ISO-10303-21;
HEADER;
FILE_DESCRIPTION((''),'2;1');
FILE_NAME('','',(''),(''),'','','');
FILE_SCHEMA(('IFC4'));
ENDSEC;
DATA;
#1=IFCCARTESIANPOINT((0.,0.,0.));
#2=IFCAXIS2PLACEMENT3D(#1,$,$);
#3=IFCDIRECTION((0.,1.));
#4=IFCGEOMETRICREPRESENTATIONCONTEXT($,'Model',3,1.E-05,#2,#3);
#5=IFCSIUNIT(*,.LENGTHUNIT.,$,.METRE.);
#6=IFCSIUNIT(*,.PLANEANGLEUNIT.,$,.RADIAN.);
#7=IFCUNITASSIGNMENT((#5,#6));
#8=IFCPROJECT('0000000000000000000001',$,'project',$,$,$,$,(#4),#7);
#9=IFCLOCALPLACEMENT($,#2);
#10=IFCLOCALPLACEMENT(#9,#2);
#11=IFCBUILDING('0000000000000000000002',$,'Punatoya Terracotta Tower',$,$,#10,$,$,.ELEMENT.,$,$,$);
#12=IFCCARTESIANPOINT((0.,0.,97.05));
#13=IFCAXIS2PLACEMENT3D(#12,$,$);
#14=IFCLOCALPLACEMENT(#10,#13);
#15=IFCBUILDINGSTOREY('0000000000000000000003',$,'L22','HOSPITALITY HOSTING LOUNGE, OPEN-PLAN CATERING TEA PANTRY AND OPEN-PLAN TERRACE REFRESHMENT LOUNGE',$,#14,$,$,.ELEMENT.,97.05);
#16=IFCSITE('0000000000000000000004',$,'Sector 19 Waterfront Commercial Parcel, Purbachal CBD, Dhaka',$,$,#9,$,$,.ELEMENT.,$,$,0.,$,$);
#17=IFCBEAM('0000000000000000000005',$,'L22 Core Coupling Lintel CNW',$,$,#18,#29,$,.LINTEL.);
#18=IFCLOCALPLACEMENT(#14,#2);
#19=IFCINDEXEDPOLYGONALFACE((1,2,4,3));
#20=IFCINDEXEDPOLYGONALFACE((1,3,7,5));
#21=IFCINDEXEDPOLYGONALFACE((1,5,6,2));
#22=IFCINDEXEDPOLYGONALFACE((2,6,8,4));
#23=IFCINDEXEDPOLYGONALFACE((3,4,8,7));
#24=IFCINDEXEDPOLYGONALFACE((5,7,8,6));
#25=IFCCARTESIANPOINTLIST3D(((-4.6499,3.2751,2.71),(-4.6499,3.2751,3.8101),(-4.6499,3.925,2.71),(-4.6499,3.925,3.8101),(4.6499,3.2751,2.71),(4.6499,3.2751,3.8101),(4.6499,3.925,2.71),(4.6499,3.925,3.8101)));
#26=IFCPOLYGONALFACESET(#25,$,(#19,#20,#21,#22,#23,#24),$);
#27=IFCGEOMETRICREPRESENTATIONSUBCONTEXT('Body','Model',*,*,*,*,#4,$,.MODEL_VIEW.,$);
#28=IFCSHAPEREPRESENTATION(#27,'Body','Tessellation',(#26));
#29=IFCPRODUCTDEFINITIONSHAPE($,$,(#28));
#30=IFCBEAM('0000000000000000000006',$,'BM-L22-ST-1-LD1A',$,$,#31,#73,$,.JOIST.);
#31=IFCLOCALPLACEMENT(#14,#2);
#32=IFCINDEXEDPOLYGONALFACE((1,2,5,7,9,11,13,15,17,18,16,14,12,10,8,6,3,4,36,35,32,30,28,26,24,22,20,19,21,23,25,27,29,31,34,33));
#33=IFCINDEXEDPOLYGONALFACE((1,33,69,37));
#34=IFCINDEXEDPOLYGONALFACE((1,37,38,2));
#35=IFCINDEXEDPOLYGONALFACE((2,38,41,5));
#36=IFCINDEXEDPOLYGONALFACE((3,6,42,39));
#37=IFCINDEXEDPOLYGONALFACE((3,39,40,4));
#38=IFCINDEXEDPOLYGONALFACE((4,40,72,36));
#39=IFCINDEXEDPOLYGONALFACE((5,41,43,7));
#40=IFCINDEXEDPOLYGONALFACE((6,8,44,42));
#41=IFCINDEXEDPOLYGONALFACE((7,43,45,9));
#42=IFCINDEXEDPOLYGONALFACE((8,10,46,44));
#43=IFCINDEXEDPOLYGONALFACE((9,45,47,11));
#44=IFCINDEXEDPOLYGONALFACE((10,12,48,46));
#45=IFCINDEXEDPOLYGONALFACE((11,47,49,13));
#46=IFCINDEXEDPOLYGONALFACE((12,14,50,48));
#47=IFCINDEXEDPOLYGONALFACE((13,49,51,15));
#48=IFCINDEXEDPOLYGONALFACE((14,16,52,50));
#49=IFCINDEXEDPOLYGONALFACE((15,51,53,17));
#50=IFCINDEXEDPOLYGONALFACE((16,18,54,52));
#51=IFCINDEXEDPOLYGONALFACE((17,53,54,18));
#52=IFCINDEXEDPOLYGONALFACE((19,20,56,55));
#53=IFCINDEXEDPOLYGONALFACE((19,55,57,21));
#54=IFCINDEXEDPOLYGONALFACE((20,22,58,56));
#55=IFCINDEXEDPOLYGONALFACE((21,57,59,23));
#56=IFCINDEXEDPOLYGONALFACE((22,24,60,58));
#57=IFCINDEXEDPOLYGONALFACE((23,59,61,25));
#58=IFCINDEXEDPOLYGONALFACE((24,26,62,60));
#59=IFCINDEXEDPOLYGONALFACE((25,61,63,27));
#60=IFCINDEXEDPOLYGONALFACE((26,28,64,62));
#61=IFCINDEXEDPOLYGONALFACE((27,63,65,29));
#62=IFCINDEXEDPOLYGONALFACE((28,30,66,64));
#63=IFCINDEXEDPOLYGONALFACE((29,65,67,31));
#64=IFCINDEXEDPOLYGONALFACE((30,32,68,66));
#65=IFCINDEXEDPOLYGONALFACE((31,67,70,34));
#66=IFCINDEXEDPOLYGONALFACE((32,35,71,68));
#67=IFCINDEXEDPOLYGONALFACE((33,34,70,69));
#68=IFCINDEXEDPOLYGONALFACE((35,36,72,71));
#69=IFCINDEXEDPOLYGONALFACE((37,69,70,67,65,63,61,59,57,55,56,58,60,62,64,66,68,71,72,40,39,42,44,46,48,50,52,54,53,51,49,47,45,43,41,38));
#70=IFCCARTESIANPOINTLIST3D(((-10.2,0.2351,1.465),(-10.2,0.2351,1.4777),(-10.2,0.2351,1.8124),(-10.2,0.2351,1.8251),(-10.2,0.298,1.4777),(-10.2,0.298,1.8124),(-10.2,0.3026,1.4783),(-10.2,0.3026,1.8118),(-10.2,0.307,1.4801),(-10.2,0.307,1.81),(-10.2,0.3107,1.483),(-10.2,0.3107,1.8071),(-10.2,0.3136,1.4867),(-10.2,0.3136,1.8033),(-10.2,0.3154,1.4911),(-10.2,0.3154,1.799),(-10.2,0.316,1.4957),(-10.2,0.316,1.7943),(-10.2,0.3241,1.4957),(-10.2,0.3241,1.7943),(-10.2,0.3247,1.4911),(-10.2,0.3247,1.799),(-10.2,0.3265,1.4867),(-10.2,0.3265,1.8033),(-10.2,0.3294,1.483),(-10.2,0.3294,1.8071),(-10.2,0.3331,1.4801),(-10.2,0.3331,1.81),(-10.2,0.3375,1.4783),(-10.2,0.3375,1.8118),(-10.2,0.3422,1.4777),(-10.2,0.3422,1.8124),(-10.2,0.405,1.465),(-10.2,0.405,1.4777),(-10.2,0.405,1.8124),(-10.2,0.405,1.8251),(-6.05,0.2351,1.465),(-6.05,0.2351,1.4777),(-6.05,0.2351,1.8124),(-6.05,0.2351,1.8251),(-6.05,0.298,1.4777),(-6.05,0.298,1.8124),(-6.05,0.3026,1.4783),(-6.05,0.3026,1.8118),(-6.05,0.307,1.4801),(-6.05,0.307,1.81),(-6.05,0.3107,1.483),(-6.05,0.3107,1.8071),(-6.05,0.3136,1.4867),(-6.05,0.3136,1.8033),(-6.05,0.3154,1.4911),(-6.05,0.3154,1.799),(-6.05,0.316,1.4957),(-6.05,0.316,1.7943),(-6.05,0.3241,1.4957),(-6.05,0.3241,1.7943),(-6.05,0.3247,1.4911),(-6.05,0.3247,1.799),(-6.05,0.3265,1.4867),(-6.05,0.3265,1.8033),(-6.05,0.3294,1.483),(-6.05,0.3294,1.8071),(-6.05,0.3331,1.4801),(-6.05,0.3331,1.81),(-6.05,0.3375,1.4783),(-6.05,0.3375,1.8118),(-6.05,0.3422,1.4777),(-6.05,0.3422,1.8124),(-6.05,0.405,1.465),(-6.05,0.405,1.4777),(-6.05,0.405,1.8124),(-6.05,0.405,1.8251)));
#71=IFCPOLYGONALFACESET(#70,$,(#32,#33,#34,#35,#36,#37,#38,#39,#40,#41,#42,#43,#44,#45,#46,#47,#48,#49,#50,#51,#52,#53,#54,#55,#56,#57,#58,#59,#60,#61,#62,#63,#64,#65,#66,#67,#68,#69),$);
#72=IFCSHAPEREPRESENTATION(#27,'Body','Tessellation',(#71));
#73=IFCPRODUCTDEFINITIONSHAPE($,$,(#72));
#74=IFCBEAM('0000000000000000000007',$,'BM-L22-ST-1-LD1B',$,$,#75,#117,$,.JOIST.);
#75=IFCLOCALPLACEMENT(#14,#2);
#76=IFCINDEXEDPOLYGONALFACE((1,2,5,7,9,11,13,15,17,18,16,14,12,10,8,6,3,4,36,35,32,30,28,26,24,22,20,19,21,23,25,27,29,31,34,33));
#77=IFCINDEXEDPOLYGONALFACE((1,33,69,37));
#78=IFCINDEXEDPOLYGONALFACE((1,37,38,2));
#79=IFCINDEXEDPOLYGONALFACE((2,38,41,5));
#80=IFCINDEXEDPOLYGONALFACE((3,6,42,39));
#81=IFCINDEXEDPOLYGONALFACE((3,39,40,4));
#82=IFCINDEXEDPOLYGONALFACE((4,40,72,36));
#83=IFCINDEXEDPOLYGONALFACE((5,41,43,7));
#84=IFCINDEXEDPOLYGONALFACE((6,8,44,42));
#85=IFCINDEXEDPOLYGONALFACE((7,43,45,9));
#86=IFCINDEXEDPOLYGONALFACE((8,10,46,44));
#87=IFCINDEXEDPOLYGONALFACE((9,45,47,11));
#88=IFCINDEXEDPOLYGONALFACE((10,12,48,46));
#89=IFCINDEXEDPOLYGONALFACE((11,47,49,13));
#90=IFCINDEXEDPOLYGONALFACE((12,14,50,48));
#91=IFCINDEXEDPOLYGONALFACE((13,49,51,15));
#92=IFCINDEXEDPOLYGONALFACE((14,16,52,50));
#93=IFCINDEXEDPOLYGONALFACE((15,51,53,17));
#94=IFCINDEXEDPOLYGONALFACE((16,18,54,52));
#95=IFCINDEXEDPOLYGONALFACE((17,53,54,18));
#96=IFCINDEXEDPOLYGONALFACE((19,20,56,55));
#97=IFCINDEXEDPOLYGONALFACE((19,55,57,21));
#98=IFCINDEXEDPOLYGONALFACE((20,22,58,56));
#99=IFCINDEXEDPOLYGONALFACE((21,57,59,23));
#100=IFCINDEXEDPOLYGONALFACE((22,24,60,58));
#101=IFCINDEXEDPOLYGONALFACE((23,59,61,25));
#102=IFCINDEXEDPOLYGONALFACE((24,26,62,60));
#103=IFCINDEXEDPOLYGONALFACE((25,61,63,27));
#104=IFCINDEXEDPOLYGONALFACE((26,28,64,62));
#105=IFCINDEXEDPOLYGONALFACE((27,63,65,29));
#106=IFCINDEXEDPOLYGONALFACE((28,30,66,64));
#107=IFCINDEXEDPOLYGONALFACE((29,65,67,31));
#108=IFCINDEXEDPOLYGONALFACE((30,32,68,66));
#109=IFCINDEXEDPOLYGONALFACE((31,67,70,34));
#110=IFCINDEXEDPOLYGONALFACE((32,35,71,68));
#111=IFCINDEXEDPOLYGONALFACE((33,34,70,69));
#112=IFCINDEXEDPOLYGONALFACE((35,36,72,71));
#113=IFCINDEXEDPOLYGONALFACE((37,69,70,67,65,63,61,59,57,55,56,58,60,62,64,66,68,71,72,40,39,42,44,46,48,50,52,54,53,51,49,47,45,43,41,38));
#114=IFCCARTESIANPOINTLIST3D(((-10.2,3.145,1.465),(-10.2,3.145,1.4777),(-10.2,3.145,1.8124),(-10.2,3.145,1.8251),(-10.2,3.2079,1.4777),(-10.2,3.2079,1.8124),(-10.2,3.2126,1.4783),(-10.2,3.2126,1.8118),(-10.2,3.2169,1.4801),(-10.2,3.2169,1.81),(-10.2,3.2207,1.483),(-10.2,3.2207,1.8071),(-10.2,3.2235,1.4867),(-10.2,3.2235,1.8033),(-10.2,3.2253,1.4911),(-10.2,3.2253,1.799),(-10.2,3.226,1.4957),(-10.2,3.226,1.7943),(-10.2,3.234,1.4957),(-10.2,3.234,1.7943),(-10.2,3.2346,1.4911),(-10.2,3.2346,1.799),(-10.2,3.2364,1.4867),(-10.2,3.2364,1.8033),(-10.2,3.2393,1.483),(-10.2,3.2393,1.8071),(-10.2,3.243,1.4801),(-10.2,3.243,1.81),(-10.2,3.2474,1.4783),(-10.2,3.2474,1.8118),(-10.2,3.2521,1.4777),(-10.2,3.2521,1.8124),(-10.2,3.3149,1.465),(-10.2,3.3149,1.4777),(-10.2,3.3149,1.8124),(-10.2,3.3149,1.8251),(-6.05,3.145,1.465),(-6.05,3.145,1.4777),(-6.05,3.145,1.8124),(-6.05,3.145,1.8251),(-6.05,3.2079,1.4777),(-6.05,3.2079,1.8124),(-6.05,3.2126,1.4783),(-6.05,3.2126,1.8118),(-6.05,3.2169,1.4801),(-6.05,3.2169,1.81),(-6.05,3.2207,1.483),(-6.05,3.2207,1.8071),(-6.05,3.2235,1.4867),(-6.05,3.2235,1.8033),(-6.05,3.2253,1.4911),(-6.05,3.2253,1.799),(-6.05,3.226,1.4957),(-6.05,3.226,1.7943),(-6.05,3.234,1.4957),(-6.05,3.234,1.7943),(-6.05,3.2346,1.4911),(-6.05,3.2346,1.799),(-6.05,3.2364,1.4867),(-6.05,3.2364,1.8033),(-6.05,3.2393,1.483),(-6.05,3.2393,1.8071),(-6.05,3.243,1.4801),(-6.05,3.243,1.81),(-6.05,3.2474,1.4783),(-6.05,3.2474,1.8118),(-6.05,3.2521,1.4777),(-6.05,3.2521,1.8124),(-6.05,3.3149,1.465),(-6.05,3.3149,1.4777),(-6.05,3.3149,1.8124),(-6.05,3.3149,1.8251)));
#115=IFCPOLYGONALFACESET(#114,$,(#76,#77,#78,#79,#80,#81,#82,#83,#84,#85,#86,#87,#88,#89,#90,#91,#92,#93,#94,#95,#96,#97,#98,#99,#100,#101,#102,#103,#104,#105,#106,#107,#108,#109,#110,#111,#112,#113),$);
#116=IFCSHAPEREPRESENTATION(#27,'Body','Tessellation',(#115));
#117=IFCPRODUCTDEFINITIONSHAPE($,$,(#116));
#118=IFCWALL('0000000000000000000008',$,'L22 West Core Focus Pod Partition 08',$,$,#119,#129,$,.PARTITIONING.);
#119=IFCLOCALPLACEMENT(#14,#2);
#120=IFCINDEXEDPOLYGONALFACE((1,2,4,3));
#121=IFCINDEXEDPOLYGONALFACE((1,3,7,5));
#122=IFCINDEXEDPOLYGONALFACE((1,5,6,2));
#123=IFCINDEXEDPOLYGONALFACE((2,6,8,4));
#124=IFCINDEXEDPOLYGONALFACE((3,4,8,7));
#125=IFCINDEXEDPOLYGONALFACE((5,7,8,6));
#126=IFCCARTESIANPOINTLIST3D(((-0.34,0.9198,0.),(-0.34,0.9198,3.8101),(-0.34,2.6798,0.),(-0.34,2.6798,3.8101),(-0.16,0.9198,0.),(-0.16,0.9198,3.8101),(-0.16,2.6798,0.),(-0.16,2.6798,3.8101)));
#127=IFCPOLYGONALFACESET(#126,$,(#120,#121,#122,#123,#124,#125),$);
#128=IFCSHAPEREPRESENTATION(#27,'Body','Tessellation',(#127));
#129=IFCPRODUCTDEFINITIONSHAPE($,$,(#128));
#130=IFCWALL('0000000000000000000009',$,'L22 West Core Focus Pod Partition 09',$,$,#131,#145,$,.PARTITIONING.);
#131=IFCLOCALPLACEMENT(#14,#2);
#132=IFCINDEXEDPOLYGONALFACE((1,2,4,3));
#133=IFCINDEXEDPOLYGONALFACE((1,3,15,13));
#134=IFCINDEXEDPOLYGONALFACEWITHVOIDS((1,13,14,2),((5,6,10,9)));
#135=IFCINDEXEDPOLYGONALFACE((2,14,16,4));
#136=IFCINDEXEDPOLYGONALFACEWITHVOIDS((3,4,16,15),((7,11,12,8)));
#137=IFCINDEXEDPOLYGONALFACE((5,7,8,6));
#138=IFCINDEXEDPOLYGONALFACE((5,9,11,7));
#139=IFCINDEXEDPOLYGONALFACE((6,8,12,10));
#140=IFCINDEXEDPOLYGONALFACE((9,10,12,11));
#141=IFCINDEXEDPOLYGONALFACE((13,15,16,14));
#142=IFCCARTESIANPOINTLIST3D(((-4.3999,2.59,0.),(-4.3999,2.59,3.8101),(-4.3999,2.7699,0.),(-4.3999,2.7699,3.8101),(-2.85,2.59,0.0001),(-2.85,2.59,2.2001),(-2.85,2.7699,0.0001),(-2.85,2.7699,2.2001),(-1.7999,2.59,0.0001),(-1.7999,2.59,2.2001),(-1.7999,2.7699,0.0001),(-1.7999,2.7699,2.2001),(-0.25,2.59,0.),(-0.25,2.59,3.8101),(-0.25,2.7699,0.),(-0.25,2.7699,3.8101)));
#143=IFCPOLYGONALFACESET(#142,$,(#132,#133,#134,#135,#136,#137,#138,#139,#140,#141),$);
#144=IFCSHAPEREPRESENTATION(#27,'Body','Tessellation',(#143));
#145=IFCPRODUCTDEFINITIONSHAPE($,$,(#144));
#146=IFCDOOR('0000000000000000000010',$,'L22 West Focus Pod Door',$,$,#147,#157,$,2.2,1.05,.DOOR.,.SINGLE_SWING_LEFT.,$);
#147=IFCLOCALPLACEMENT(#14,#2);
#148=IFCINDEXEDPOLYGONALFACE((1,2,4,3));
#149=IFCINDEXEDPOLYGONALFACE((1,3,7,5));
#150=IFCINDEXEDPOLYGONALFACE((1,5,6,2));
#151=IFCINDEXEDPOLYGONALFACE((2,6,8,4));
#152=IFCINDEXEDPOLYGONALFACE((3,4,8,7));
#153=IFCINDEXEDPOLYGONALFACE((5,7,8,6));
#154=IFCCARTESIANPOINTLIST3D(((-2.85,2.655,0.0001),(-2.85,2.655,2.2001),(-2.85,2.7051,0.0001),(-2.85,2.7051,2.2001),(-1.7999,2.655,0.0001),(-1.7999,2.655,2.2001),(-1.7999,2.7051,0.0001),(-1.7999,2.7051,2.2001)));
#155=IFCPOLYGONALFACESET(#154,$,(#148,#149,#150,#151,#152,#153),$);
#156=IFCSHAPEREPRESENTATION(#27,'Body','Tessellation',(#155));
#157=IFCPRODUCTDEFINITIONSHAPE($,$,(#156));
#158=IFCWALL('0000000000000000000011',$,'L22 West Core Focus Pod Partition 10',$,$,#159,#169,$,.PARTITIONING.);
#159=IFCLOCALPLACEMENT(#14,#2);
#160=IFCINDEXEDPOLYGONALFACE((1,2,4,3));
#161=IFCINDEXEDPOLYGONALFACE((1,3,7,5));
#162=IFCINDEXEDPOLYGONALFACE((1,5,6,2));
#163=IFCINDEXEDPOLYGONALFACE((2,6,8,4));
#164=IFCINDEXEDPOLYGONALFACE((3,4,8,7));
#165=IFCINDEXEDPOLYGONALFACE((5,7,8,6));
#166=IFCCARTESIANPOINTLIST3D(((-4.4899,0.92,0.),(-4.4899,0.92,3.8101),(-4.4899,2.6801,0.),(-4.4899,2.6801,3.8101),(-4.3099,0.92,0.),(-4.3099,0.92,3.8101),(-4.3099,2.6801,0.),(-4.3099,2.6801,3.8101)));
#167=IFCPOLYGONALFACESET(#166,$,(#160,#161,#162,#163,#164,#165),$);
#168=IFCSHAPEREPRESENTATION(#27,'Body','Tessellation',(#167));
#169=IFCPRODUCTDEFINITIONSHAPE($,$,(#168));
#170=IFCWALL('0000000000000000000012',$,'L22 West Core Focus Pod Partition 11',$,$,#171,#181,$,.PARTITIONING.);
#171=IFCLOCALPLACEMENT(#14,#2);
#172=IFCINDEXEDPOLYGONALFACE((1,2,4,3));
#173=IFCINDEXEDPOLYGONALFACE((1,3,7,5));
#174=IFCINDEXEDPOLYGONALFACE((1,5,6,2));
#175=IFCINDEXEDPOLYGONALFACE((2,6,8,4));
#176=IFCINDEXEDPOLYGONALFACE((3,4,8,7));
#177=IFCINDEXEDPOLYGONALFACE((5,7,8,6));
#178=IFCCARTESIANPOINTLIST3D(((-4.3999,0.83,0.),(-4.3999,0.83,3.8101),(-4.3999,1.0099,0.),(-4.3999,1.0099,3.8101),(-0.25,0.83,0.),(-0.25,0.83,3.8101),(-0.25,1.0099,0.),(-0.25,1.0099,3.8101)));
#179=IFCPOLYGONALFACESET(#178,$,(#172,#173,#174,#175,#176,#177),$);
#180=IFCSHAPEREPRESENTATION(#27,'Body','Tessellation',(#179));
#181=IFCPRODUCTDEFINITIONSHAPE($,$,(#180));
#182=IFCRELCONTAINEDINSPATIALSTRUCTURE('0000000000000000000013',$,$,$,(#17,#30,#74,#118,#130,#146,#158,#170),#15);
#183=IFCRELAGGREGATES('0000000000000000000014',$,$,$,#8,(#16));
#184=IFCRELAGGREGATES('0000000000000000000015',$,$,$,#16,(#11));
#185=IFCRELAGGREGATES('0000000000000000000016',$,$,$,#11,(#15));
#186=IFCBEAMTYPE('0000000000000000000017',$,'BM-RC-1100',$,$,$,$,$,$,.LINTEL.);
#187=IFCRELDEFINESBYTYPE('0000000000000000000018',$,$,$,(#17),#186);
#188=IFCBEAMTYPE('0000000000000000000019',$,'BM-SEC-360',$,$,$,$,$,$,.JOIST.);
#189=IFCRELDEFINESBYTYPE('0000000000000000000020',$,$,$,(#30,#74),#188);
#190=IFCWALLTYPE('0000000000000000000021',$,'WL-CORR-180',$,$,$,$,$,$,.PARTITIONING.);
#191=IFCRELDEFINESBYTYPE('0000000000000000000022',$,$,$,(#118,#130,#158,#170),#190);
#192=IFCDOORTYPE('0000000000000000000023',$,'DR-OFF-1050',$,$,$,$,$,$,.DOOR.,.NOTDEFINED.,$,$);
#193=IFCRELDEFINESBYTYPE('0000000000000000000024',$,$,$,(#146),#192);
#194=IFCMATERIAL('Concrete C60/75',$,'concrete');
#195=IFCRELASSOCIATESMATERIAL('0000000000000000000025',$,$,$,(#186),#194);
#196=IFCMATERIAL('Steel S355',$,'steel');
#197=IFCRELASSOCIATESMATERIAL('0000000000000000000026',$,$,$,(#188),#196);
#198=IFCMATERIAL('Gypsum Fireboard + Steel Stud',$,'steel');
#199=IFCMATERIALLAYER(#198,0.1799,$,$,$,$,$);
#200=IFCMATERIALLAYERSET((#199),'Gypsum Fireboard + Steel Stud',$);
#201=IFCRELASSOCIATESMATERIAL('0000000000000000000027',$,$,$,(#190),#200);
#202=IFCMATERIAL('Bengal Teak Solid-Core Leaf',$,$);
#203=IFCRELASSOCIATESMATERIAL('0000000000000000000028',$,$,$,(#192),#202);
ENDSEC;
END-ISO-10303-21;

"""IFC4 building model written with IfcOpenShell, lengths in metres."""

from ifc_helpers import new_model, si_unit, direction, frame, frame_2d, origin, origin_2d, place, context, subcontext, project, spatial, rectangle, i_section, extrude, material, layer, layer_set, material_profile, profile_set, type_object, element, fill, save


model = new_model("IFC4")

# Units and contexts
model_context = context("Model", 3, precision=1e-05, world=origin(), true_north=direction((0.0, 1.0)))
body_context = subcontext(model_context, "Body", "Model", "MODEL_VIEW")
ifc_project = project(units=[si_unit("LENGTHUNIT", "METRE"), si_unit("PLANEANGLEUNIT", "RADIAN")], contexts=[model_context])

# Site, building, storey
site_placement = place(None, origin())
site = spatial("IfcSite", under=ifc_project, at=site_placement, Name="Sector 19 Waterfront Commercial Parcel, Purbachal CBD, Dhaka", CompositionType="ELEMENT", RefElevation=0.0)
building_placement = place(site_placement, origin())
building = spatial("IfcBuilding", under=site, at=building_placement, Name="Punatoya Terracotta Tower", CompositionType="ELEMENT")
storey_placement = place(building_placement, frame((0.0, 0.0, 97.05)))
storey = spatial("IfcBuildingStorey", under=building, at=storey_placement, Name="L22", Description="HOSPITALITY HOSTING LOUNGE, OPEN-PLAN CATERING TEA PANTRY AND OPEN-PLAN TERRACE REFRESHMENT LOUNGE", CompositionType="ELEMENT", Elevation=97.05)

# Beams
ifc_material_1 = material(Name="Concrete C60/75", Category="concrete")
ifc_material_profile_1 = material_profile(ifc_material_1, rectangle(XDim=0.6499, YDim=1.1001, at=origin_2d()))
ifc_profile_set_1 = profile_set([ifc_material_profile_1], Name="Concrete C60/75")
beam_type_1 = type_object("IfcBeamType", Name="BM-RC-1100", PredefinedType="LINTEL", material=ifc_profile_set_1)
beam_placement = place(storey_placement, frame((-4.6499, 3.6001, 3.26), z_axis=(1.0, 0.0, 0.0), x_axis=(0.0, 1.0, 0.0)))
element("IfcBeam", 1, at=beam_placement, inside=storey, type_object=beam_type_1, Name="L22 Core Coupling Lintel CNW", PredefinedType="LINTEL", context=body_context, shape_type="SweptSolid", body=[
    extrude(rectangle(XDim=0.6499, YDim=1.1001, at=origin_2d()), origin(), (0.0, 0.0, 1.0), 9.2998),
])
ifc_material_2 = material(Name="Steel S355", Category="steel")
ifc_material_profile_2 = material_profile(ifc_material_2, i_section(OverallWidth=0.1699, OverallDepth=0.3601, WebThickness=0.0081, FlangeThickness=0.0127, FilletRadius=0.0181, at=origin_2d()))
ifc_profile_set_2 = profile_set([ifc_material_profile_2], Name="Steel S355")
beam_type_2 = type_object("IfcBeamType", Name="BM-SEC-360", PredefinedType="JOIST", material=ifc_profile_set_2)
for number, where, z_axis, x_axis, name in (
    (2, (-10.2, 0.3201, 1.645), (1.0, 0.0, 0.0), (0.0, 1.0, 0.0), "BM-L22-ST-1-LD1A"),
    (3, (-10.2, 3.23, 1.645), (1.0, 0.0, 0.0), (0.0, 1.0, 0.0), "BM-L22-ST-1-LD1B"),
):
    element("IfcBeam", number, at=place(storey_placement, frame(where, z_axis=z_axis, x_axis=x_axis)), inside=storey, type_object=beam_type_2, Name=name, PredefinedType="JOIST", context=body_context, shape_type="SweptSolid", body=[
        extrude(i_section(OverallWidth=0.1699, OverallDepth=0.3601, WebThickness=0.0081, FlangeThickness=0.0127, FilletRadius=0.0181, at=origin_2d()), origin(), (0.0, 0.0, 1.0), 4.1499),
    ])

# Wall
ifc_material_3 = material(Name="Gypsum Fireboard + Steel Stud", Category="steel")
ifc_layer_1 = layer(ifc_material_3, 0.1799)
ifc_layer_set_1 = layer_set([ifc_layer_1], Name="Gypsum Fireboard + Steel Stud")
wall_type_1 = type_object("IfcWallType", Name="WL-CORR-180", PredefinedType="PARTITIONING", material=ifc_layer_set_1)
wall_1_placement = place(storey_placement, frame((-0.25, 0.9199, 0.0), z_axis=(0.0, 0.0, 1.0), x_axis=(0.0, 1.0, 0.0)))
element("IfcWall", 4, at=wall_1_placement, inside=storey, type_object=wall_type_1, Name="L22 West Core Focus Pod Partition 08", PredefinedType="PARTITIONING", context=body_context, shape_type="SweptSolid", body=[
    extrude(rectangle(XDim=1.76, YDim=0.1799, at=frame_2d((0.8799, 0.0))), origin(), (0.0, 0.0, 1.0), 3.8101),
])

# Wall, opening, door
wall_2_placement = place(storey_placement, frame((-0.25, 2.6799, 0.0), z_axis=(0.0, 0.0, 1.0), x_axis=(-1.0, 0.0, 0.0)))
wall_2 = element("IfcWall", 5, at=wall_2_placement, inside=storey, type_object=wall_type_1, Name="L22 West Core Focus Pod Partition 09", PredefinedType="PARTITIONING", context=body_context, shape_type="SweptSolid", body=[
    extrude(rectangle(XDim=4.1499, YDim=0.1799, at=frame_2d((2.075, 0.0))), origin(), (0.0, 0.0, 1.0), 3.8101),
])
opening_1_placement = place(wall_2_placement, frame((1.55, 0.0, 0.0)))
opening_1 = element("IfcOpeningElement", 6, at=opening_1_placement, cuts=wall_2, PredefinedType="OPENING", context=body_context, shape_type="SweptSolid", body=[
    extrude(rectangle(XDim=1.05, YDim=2.2, at=frame_2d((0.5249, 1.1001))), frame((0.0, 0.0999, 0.0), z_axis=(0.0, -1.0, 0.0), x_axis=(1.0, 0.0, 0.0)), (0.0, 0.0, 1.0), 0.2),
])
ifc_material_4 = material(Name="Bengal Teak Solid-Core Leaf")
door_type_1 = type_object("IfcDoorType", Name="DR-OFF-1050", OperationType="NOTDEFINED", PredefinedType="DOOR", material=ifc_material_4)
door_1_placement = place(opening_1_placement, origin())
door_1 = element("IfcDoor", 7, at=door_1_placement, inside=storey, type_object=door_type_1, Name="L22 West Focus Pod Door", OperationType="SINGLE_SWING_LEFT", OverallHeight=2.2, OverallWidth=1.05, PredefinedType="DOOR", context=body_context, shape_type="SweptSolid", body=[
    extrude(rectangle(XDim=1.05, YDim=2.2, at=frame_2d((0.5249, 1.1001))), frame((0.0, 0.0249, 0.0), z_axis=(0.0, -1.0, 0.0), x_axis=(1.0, 0.0, 0.0)), (0.0, 0.0, 1.0), 0.05),
])
fill(opening_1, door_1)

# Walls
wall_3_placement = place(storey_placement, frame((-4.3999, 2.6799, 0.0), z_axis=(0.0, 0.0, 1.0), x_axis=(0.0, -1.0, 0.0)))
element("IfcWall", 8, at=wall_3_placement, inside=storey, type_object=wall_type_1, Name="L22 West Core Focus Pod Partition 10", PredefinedType="PARTITIONING", context=body_context, shape_type="SweptSolid", body=[
    extrude(rectangle(XDim=1.76, YDim=0.1799, at=frame_2d((0.8799, 0.0))), origin(), (0.0, 0.0, 1.0), 3.8101),
])
wall_4_placement = place(storey_placement, frame((-4.3999, 0.9199, 0.0), z_axis=(0.0, 0.0, 1.0), x_axis=(1.0, 0.0, 0.0)))
element("IfcWall", 9, at=wall_4_placement, inside=storey, type_object=wall_type_1, Name="L22 West Core Focus Pod Partition 11", PredefinedType="PARTITIONING", context=body_context, shape_type="SweptSolid", body=[
    extrude(rectangle(XDim=4.1499, YDim=0.1799, at=frame_2d((2.075, 0.0))), origin(), (0.0, 0.0, 1.0), 3.8101),
])

save(model, "model.ifc")
